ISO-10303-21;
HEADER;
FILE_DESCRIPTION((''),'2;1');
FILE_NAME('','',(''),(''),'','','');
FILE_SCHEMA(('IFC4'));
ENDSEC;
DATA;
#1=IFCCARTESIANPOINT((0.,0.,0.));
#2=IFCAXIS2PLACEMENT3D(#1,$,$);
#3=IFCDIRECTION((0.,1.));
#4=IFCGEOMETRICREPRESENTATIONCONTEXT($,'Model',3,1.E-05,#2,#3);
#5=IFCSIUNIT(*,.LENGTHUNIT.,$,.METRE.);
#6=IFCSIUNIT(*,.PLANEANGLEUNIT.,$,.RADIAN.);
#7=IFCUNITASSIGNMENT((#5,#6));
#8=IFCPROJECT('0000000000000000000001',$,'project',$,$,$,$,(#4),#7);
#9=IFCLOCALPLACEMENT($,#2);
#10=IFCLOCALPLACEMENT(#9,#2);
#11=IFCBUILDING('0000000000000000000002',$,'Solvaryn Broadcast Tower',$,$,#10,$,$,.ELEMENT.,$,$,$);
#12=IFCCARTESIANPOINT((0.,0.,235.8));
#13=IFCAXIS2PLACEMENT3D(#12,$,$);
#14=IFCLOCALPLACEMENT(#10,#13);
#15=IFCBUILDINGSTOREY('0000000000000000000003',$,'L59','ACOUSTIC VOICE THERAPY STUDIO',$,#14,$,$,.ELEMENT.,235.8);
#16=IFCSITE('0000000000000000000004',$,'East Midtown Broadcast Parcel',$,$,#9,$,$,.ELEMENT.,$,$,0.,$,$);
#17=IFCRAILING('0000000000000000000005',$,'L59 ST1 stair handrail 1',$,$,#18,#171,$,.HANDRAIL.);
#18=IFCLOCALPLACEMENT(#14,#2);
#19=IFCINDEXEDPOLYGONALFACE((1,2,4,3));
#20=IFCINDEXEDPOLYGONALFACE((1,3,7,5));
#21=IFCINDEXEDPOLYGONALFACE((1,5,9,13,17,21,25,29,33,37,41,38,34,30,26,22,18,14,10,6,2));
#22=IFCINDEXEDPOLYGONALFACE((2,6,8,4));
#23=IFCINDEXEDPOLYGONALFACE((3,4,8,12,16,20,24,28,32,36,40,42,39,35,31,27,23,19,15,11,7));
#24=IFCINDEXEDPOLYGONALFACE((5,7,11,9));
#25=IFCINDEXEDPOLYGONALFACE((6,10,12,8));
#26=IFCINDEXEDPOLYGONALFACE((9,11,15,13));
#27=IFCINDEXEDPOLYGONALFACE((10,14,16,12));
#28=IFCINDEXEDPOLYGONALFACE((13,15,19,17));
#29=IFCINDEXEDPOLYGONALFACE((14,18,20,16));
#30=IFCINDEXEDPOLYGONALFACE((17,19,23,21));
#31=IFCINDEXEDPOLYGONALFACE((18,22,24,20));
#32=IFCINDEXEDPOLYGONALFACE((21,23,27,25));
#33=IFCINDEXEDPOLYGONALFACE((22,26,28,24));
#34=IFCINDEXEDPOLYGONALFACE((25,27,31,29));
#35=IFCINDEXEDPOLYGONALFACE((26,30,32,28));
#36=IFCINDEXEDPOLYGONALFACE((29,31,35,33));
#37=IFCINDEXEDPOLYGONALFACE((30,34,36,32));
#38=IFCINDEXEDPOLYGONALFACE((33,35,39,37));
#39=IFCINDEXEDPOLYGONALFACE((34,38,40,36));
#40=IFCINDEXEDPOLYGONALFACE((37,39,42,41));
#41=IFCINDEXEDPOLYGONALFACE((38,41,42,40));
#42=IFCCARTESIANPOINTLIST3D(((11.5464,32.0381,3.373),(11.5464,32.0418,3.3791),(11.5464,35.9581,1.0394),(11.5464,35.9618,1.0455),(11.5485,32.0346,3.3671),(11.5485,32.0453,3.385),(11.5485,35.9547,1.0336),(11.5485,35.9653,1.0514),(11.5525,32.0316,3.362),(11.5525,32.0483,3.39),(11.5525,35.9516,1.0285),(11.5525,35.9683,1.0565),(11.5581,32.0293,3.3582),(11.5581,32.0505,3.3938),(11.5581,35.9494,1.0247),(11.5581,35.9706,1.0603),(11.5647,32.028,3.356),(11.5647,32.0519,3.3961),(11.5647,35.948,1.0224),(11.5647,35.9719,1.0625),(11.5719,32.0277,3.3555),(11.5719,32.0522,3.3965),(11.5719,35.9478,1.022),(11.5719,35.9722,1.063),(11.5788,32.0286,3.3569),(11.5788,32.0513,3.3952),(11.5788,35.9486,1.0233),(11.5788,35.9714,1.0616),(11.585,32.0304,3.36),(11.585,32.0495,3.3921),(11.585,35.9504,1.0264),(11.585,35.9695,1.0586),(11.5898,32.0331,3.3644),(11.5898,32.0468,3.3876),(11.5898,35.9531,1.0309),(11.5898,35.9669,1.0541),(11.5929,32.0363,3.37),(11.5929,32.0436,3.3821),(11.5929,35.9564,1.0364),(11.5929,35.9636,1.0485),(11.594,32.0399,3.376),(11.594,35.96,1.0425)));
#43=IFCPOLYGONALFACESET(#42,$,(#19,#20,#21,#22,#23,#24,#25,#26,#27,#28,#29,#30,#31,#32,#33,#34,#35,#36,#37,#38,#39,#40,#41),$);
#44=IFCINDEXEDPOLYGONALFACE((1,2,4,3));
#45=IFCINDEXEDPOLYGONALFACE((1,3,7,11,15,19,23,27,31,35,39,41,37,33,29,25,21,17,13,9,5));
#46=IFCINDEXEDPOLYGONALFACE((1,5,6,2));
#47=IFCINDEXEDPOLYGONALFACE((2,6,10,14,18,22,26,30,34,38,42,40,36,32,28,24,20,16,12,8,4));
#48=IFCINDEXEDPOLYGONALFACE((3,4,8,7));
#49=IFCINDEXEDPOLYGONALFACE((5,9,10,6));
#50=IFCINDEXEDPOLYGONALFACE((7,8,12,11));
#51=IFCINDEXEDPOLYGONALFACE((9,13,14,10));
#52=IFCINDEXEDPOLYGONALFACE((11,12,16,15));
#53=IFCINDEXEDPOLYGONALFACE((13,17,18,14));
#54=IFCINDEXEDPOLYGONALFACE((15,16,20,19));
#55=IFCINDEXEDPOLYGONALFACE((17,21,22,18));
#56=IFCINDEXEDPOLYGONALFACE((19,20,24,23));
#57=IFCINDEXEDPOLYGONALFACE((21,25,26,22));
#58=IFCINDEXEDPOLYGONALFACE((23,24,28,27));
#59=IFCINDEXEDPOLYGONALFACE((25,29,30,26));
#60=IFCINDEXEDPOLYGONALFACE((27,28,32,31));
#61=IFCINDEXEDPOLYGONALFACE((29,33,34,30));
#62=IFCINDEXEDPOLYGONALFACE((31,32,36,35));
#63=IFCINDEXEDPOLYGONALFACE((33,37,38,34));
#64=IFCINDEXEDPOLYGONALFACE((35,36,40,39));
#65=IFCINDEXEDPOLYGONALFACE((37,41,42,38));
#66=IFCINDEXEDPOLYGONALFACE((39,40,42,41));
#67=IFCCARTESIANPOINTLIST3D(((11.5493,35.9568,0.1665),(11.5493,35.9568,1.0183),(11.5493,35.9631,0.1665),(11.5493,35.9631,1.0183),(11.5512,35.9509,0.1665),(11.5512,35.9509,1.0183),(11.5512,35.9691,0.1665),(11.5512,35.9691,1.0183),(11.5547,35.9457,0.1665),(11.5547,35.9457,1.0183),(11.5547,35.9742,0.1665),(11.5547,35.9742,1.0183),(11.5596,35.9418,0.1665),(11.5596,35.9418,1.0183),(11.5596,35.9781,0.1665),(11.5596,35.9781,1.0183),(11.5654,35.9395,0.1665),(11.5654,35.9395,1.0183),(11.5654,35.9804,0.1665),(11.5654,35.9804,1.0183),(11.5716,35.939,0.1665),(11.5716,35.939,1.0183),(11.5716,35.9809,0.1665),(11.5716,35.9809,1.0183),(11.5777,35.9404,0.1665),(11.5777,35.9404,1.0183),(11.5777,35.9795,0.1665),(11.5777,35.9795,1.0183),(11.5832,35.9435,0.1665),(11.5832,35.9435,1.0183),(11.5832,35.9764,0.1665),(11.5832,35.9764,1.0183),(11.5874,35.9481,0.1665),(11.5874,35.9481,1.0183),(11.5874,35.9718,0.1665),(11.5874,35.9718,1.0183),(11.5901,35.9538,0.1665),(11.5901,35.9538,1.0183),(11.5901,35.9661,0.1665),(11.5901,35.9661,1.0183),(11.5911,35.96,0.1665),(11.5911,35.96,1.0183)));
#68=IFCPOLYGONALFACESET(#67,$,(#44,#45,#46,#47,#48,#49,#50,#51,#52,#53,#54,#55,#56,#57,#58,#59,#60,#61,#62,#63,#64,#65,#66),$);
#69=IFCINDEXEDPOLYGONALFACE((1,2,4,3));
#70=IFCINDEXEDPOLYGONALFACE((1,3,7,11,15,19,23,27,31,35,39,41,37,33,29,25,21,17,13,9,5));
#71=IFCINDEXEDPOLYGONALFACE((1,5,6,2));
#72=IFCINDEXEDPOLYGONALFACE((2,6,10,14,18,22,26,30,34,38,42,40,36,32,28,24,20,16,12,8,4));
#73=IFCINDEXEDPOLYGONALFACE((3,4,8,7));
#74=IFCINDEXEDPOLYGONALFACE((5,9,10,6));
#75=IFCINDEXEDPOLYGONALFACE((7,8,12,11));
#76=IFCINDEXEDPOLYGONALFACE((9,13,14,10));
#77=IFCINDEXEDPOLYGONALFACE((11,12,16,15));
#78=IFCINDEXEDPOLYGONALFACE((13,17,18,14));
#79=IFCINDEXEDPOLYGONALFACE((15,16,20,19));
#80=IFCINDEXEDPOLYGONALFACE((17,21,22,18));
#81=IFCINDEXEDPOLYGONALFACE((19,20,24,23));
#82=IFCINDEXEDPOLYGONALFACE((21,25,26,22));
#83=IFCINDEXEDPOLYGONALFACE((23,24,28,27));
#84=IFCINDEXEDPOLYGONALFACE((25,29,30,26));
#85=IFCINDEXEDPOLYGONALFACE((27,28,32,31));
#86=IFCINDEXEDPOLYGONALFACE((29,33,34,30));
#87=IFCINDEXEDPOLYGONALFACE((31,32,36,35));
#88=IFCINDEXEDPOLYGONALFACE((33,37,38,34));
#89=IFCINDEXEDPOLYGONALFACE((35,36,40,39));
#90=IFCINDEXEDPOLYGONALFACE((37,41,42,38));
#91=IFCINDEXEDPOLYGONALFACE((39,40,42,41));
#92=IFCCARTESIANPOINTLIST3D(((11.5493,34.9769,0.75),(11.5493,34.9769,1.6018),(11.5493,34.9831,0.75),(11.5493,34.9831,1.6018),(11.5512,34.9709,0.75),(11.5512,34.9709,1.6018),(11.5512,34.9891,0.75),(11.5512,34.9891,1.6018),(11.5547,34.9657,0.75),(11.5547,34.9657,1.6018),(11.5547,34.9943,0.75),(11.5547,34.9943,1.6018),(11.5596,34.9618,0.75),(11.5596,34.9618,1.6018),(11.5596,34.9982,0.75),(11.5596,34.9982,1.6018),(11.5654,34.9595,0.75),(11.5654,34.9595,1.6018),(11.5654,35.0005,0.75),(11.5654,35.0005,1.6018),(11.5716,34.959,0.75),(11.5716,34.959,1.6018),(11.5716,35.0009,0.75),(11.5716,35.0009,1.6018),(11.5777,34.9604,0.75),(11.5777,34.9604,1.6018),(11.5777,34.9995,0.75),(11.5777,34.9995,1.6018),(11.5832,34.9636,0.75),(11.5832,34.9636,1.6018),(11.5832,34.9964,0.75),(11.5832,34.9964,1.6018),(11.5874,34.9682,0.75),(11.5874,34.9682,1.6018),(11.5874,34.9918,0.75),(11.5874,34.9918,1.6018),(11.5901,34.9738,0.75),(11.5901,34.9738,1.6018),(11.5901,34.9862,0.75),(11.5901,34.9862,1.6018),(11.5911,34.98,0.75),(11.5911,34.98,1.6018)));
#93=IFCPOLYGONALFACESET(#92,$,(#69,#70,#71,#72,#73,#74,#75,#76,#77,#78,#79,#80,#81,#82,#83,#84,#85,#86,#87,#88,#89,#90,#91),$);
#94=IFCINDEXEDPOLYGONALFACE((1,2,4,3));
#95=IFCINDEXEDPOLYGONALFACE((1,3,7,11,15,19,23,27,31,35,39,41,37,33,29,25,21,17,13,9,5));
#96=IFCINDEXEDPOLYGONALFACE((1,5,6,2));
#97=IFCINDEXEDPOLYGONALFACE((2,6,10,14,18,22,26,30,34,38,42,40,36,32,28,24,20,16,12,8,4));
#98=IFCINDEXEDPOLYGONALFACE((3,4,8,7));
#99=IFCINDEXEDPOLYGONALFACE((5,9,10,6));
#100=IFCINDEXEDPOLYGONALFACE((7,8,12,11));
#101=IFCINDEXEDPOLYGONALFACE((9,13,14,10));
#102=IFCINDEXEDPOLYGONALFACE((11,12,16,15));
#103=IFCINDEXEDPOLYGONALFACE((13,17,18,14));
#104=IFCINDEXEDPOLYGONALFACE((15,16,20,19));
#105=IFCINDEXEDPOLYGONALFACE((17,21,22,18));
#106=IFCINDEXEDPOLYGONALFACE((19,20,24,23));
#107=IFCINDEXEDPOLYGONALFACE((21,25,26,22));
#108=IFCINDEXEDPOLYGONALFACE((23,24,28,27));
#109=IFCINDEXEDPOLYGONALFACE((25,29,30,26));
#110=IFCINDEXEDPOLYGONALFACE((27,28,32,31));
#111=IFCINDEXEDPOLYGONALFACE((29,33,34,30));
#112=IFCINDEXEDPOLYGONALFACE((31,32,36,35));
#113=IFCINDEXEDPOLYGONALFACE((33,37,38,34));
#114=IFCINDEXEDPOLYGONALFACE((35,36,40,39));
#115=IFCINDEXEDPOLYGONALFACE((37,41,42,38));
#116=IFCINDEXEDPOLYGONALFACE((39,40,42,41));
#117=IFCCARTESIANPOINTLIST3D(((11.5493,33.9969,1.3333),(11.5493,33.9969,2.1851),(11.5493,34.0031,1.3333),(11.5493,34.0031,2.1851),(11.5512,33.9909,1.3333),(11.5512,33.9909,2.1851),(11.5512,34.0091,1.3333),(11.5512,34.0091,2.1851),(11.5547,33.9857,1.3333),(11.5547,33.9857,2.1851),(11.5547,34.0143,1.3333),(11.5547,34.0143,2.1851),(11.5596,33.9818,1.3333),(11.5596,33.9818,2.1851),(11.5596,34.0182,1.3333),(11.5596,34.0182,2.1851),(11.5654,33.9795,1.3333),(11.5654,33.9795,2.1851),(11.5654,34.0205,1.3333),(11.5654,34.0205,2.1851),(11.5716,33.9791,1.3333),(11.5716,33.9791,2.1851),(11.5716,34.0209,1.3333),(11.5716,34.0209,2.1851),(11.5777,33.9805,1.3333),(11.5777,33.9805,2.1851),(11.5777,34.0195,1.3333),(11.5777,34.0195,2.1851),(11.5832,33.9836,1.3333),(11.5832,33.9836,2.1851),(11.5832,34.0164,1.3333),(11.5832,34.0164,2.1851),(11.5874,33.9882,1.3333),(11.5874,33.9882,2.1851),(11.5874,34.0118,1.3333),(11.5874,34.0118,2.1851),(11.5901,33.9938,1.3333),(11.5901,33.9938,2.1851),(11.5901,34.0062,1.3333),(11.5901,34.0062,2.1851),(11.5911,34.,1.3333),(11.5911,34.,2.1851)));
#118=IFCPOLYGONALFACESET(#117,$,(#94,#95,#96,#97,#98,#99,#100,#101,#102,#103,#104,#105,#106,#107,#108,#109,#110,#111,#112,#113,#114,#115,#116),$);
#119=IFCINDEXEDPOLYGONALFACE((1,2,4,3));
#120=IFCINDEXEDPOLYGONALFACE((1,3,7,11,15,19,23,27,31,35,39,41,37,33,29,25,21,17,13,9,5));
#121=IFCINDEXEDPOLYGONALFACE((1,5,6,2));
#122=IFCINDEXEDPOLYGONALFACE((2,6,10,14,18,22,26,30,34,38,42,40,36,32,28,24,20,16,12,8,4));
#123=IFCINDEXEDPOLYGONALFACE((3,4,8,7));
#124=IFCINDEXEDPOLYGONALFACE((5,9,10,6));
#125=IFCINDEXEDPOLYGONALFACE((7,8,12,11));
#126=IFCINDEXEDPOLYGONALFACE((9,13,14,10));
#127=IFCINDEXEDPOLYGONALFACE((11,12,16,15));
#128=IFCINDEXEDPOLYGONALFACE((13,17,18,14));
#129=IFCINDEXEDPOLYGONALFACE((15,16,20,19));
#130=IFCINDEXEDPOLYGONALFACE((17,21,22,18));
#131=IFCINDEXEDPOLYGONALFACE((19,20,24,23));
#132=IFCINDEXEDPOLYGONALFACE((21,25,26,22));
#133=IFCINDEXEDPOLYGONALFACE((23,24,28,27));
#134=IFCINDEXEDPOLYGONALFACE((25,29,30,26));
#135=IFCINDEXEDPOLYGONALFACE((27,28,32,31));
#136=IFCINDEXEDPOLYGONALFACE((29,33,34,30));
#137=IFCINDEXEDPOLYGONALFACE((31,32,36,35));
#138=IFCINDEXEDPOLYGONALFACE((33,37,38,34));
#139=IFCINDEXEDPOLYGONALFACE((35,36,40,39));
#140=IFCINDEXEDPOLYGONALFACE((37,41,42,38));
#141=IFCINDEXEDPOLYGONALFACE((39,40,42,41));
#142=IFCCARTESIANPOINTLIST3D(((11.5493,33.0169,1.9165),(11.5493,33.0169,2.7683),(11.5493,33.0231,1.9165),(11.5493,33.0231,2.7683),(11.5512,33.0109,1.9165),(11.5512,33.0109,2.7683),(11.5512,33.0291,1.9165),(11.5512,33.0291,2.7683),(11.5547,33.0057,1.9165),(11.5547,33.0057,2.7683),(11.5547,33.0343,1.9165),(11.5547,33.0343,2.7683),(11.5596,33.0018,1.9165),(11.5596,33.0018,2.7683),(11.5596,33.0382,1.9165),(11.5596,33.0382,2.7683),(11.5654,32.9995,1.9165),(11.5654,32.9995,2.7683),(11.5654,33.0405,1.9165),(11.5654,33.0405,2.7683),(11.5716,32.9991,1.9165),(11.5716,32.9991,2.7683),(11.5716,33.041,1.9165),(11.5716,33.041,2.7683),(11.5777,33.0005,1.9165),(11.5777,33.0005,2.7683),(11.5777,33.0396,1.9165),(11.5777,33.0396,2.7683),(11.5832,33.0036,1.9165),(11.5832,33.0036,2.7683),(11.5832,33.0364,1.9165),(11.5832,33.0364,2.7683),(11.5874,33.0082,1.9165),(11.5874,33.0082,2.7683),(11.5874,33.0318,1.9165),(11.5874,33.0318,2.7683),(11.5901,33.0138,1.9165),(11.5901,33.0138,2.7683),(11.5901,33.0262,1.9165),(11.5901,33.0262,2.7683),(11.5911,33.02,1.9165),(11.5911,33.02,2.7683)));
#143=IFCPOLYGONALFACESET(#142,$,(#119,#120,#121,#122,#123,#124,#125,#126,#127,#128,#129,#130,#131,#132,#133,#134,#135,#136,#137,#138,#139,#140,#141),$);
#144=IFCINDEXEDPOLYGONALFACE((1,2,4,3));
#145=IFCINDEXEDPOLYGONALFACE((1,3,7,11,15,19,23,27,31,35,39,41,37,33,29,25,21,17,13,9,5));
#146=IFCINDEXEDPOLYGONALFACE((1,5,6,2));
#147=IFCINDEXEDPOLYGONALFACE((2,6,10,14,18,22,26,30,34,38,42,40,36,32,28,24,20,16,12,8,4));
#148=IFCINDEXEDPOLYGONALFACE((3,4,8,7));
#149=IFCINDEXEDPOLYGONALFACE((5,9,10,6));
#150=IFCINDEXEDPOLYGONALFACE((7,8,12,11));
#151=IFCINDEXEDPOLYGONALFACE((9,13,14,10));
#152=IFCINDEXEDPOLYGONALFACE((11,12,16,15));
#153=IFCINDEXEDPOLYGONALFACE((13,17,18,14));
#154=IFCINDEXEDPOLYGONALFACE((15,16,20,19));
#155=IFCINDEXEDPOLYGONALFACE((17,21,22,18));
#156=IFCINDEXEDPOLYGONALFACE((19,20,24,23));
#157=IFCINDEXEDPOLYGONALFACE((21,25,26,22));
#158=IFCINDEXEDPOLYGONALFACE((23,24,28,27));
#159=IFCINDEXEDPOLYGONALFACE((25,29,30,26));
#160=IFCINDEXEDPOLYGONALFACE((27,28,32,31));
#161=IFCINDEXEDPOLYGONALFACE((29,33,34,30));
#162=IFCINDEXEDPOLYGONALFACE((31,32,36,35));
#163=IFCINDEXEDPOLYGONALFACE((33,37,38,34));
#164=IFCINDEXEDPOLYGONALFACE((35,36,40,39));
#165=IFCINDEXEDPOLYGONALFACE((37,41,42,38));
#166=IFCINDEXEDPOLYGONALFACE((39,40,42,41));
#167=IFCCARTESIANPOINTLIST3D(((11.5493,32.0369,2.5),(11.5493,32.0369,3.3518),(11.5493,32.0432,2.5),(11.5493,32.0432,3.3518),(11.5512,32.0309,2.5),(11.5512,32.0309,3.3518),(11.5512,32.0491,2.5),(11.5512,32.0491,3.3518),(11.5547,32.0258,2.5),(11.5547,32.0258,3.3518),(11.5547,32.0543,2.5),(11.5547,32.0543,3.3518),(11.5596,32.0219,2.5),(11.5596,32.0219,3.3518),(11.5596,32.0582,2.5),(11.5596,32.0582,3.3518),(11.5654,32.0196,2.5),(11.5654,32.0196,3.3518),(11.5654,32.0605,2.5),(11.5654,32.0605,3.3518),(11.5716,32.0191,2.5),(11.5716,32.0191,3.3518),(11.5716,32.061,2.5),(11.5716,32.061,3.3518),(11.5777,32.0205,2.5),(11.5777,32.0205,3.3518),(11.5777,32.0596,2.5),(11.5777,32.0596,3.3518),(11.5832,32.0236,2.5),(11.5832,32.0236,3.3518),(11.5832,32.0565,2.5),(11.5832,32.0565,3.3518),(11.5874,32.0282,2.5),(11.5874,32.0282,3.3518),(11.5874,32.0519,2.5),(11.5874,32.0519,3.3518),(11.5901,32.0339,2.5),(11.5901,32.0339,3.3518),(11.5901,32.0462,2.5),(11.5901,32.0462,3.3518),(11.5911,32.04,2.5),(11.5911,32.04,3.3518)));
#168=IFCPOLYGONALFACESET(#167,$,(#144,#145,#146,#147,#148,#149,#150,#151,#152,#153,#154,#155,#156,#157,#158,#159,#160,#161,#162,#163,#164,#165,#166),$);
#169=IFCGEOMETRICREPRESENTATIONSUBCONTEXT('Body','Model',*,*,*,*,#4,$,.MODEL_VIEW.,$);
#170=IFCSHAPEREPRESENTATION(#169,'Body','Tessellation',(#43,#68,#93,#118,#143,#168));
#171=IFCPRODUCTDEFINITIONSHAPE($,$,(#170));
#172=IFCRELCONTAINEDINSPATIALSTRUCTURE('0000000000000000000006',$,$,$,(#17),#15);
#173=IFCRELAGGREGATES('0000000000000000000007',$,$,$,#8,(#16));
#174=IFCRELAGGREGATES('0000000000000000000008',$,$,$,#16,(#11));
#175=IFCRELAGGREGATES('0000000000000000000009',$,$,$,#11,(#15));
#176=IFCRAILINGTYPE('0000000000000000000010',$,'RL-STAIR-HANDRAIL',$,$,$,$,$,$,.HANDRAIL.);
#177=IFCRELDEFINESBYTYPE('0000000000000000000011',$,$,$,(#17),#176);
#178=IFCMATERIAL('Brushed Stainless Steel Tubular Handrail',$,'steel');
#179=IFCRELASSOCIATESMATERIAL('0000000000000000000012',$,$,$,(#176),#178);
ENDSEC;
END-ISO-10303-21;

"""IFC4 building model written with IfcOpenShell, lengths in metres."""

from ifc_helpers import new_model, si_unit, direction, frame, origin, origin_2d, place, context, subcontext, project, spatial, circle, extrude, material, type_object, element, save


model = new_model("IFC4")

# Units and contexts
model_context = context("Model", 3, precision=1e-05, world=origin(), true_north=direction((0.0, 1.0)))
body_context = subcontext(model_context, "Body", "Model", "MODEL_VIEW")
ifc_project = project(units=[si_unit("LENGTHUNIT", "METRE"), si_unit("PLANEANGLEUNIT", "RADIAN")], contexts=[model_context])

# Site, building, storey
site_placement = place(None, origin())
site = spatial("IfcSite", under=ifc_project, at=site_placement, Name="East Midtown Broadcast Parcel", CompositionType="ELEMENT", RefElevation=0.0)
building_placement = place(site_placement, origin())
building = spatial("IfcBuilding", under=site, at=building_placement, Name="Solvaryn Broadcast Tower", CompositionType="ELEMENT")
storey_placement = place(building_placement, frame((0.0, 0.0, 235.8)))
storey = spatial("IfcBuildingStorey", under=building, at=storey_placement, Name="L59", Description="ACOUSTIC VOICE THERAPY STUDIO", CompositionType="ELEMENT", Elevation=235.8)

# Railing
ifc_material_1 = material(Name="Brushed Stainless Steel Tubular Handrail", Category="steel")
railing_type_1 = type_object("IfcRailingType", Name="RL-STAIR-HANDRAIL", PredefinedType="HANDRAIL", material=ifc_material_1)
railing_1_placement = place(storey_placement, frame((11.5701, 35.96, 0.1665)))
element("IfcRailing", 1, at=railing_1_placement, inside=storey, type_object=railing_type_1, Name="L59 ST1 stair handrail 1", PredefinedType="HANDRAIL", context=body_context, shape_type="SweptSolid", body=[
    extrude(circle(Radius=0.0239, at=origin_2d()), frame((0.0, 0.0, 0.876), z_axis=(0.0, -0.859273, 0.511518), x_axis=(1.0, 0.0, 0.0)), (0.0, 0.0, 1.0), 4.562),
    extrude(circle(Radius=0.021, at=origin_2d()), origin(), (0.0, 0.0, 1.0), 0.8518),
    extrude(circle(Radius=0.021, at=origin_2d()), frame((0.0, -0.98, 0.5835)), (0.0, 0.0, 1.0), 0.8518),
    extrude(circle(Radius=0.021, at=origin_2d()), frame((0.0, -1.96, 1.1667)), (0.0, 0.0, 1.0), 0.8518),
    extrude(circle(Radius=0.021, at=origin_2d()), frame((0.0, -2.9399, 1.75)), (0.0, 0.0, 1.0), 0.8518),
    extrude(circle(Radius=0.021, at=origin_2d()), frame((0.0, -3.9199, 2.3335)), (0.0, 0.0, 1.0), 0.8518),
])

save(model, "model.ifc")
